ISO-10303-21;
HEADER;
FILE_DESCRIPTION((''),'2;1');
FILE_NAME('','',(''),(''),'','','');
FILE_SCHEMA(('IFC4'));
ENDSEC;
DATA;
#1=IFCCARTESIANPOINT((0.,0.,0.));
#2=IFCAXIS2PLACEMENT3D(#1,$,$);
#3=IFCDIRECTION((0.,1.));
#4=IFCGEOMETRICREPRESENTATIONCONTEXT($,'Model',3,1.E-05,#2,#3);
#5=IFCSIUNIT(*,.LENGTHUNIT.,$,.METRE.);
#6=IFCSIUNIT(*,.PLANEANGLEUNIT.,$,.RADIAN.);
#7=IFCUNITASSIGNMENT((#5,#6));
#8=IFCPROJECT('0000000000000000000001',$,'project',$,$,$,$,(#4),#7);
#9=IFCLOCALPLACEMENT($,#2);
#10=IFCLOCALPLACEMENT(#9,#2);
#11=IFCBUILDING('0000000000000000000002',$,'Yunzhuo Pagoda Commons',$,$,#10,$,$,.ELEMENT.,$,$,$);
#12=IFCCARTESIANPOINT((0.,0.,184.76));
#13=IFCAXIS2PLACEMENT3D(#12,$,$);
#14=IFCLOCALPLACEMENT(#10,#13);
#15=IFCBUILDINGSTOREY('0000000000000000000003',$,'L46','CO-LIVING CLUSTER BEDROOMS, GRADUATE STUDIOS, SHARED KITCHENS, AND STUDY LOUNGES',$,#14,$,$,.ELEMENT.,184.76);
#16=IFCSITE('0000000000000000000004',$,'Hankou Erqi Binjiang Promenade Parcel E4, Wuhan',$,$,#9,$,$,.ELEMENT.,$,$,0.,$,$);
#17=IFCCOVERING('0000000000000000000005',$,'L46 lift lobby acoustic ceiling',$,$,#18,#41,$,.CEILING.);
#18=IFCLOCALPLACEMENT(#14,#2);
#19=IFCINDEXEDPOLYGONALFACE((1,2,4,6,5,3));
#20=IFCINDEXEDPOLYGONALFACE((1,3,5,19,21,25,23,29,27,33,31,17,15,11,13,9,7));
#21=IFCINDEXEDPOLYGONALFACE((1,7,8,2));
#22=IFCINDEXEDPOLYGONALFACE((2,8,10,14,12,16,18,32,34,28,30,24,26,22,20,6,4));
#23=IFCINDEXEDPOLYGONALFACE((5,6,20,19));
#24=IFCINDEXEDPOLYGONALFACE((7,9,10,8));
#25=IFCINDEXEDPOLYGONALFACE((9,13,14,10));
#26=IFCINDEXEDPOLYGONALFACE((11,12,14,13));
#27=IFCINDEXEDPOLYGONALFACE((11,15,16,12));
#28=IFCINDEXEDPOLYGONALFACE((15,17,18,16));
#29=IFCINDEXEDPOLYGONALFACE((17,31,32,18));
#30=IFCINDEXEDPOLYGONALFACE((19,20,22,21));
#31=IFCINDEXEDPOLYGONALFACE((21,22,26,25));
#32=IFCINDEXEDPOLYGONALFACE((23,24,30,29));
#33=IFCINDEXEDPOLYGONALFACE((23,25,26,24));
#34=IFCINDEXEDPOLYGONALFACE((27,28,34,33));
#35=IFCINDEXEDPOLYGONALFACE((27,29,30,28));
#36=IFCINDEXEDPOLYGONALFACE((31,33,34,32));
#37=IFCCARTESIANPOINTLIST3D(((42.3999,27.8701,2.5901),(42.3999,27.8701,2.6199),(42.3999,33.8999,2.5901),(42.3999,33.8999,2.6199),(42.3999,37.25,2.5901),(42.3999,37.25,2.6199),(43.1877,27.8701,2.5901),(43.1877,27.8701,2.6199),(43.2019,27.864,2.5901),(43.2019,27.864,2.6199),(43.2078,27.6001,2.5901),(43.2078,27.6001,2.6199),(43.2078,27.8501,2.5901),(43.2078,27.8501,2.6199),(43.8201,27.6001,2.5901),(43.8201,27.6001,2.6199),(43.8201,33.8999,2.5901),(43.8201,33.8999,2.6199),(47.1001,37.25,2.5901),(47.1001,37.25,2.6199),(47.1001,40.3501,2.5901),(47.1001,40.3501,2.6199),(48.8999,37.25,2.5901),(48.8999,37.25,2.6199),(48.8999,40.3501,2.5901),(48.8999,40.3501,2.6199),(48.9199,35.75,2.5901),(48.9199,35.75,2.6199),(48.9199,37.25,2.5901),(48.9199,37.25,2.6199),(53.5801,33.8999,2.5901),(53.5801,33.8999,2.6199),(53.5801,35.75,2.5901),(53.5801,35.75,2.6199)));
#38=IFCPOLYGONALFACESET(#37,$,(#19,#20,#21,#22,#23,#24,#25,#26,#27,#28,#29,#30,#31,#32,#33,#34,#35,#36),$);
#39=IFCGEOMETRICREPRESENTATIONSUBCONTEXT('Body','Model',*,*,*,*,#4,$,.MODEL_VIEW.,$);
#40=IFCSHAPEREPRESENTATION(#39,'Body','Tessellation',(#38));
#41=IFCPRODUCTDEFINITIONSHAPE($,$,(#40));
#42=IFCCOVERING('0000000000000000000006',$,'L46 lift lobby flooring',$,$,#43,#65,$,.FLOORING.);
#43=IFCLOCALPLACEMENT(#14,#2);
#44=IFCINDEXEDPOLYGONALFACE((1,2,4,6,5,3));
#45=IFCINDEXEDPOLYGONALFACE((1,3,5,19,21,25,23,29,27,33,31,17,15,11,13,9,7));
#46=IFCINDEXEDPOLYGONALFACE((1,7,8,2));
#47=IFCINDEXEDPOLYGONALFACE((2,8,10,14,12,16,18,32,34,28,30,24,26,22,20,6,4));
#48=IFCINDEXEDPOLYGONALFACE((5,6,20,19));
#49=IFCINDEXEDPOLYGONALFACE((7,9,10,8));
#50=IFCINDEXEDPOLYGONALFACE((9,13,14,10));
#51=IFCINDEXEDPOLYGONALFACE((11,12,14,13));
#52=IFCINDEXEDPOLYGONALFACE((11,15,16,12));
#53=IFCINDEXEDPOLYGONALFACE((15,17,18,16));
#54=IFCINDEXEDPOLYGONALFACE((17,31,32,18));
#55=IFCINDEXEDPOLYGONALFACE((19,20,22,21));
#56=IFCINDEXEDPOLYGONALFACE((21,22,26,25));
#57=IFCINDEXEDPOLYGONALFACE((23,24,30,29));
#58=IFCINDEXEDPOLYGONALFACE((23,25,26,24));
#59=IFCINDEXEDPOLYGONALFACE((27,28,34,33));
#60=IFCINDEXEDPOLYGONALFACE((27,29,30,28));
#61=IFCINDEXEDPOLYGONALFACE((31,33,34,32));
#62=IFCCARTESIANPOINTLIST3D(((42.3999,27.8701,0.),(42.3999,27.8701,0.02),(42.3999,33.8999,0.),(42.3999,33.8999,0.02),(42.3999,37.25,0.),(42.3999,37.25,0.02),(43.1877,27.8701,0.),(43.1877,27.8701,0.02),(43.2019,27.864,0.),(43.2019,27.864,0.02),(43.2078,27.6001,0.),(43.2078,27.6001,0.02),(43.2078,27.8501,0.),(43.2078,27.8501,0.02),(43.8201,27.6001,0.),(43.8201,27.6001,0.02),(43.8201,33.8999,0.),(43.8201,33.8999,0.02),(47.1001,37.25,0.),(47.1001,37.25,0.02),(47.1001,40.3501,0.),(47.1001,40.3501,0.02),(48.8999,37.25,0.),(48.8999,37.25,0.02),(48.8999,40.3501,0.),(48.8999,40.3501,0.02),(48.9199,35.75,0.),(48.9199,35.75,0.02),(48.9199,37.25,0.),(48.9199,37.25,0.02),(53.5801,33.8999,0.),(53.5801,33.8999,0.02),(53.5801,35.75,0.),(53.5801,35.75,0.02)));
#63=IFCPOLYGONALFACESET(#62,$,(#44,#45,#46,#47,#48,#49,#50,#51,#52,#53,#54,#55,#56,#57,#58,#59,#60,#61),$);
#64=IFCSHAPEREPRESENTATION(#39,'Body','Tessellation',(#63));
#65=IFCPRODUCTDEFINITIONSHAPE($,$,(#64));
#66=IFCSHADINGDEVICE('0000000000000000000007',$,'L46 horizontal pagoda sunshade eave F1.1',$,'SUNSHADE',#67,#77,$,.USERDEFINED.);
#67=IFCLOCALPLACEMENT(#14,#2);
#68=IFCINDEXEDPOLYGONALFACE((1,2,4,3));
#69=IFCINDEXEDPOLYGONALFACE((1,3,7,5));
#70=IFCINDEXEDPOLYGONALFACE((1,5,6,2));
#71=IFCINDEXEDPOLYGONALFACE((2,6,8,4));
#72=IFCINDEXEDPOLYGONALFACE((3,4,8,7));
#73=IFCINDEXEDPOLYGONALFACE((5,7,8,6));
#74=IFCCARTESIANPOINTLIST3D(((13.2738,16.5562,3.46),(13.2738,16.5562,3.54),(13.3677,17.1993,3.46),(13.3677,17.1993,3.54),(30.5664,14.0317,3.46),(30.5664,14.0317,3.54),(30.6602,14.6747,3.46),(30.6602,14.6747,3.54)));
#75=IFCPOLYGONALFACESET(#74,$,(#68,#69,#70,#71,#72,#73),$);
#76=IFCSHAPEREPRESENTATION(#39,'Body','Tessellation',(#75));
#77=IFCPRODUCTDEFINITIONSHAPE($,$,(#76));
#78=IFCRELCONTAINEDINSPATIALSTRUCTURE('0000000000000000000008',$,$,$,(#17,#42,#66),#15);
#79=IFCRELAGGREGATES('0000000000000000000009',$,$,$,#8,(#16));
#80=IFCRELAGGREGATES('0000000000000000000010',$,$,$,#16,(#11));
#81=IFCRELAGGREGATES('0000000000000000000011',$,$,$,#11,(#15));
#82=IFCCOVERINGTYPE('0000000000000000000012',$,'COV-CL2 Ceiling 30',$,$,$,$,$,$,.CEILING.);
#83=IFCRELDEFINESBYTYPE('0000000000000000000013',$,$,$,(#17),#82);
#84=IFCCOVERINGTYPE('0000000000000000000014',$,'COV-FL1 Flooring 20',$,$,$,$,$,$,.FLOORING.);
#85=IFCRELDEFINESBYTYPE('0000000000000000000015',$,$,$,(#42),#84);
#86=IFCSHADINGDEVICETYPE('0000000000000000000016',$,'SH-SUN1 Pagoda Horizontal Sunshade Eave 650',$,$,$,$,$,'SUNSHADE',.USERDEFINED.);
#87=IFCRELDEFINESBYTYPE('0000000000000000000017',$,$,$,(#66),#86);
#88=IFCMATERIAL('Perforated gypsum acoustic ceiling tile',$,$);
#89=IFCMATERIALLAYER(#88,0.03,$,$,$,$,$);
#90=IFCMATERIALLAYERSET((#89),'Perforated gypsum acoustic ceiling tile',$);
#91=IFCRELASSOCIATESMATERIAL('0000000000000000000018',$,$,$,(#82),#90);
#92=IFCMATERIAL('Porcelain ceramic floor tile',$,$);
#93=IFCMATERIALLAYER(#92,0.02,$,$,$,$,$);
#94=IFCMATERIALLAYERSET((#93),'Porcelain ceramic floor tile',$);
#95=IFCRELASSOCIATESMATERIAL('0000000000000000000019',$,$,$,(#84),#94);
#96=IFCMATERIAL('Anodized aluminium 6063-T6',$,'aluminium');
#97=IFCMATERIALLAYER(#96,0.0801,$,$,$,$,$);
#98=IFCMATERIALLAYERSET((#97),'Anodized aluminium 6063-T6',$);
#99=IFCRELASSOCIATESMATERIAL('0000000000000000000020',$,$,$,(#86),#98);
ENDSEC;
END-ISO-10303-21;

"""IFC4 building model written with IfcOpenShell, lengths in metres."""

from ifc_helpers import new_model, si_unit, direction, frame, origin, origin_2d, place, context, subcontext, project, spatial, polyline, rectangle, outline, extrude, source, transform, mapped, material, layer, layer_set, type_object, element, save


model = new_model("IFC4")

# Units and contexts
model_context = context("Model", 3, precision=1e-05, world=origin(), true_north=direction((0.0, 1.0)))
body_context = subcontext(model_context, "Body", "Model", "MODEL_VIEW")
ifc_project = project(units=[si_unit("LENGTHUNIT", "METRE"), si_unit("PLANEANGLEUNIT", "RADIAN")], contexts=[model_context])

# Site, building, storey
site_placement = place(None, origin())
site = spatial("IfcSite", under=ifc_project, at=site_placement, Name="Hankou Erqi Binjiang Promenade Parcel E4, Wuhan", CompositionType="ELEMENT", RefElevation=0.0)
building_placement = place(site_placement, origin())
building = spatial("IfcBuilding", under=site, at=building_placement, Name="Yunzhuo Pagoda Commons", CompositionType="ELEMENT")
storey_placement = place(building_placement, frame((0.0, 0.0, 184.76)))
storey = spatial("IfcBuildingStorey", under=building, at=storey_placement, Name="L46", Description="CO-LIVING CLUSTER BEDROOMS, GRADUATE STUDIOS, SHARED KITCHENS, AND STUDY LOUNGES", CompositionType="ELEMENT", Elevation=184.76)

# Shared definitions
ifc_material_1 = material(Name="Anodized aluminium 6063-T6", Category="aluminium")

# Coverings
ifc_material_2 = material(Name="Perforated gypsum acoustic ceiling tile")
ifc_layer_1 = layer(ifc_material_2, 0.03)
ifc_layer_set_1 = layer_set([ifc_layer_1], Name="Perforated gypsum acoustic ceiling tile")
covering_type_1 = type_object("IfcCoveringType", Name="COV-CL2 Ceiling 30", PredefinedType="CEILING", material=ifc_layer_set_1)
covering_1_placement = place(storey_placement, frame((0.0, 0.0, 2.5901)))
element("IfcCovering", 1, at=covering_1_placement, inside=storey, type_object=covering_type_1, Name="L46 lift lobby acoustic ceiling", PredefinedType="CEILING", context=body_context, shape_type="SweptSolid", body=[
    extrude(outline(polyline([(42.3999, 37.25), (47.1001, 37.25), (47.1001, 40.3501), (48.8999, 40.3501), (48.8999, 37.25), (48.9199, 37.25), (48.9199, 35.75), (53.5801, 35.75), (53.5801, 33.8999), (43.8201, 33.8999), (43.8201, 27.6001), (43.2078, 27.6001), (43.2078, 27.8501), (43.2019, 27.864), (43.1877, 27.8701), (42.3999, 27.8701), (42.3999, 33.8999), (42.3999, 37.25)])), origin(), (0.0, 0.0, 1.0), 0.0298),
])
ifc_material_3 = material(Name="Porcelain ceramic floor tile")
ifc_layer_2 = layer(ifc_material_3, 0.02)
ifc_layer_set_2 = layer_set([ifc_layer_2], Name="Porcelain ceramic floor tile")
covering_type_2 = type_object("IfcCoveringType", Name="COV-FL1 Flooring 20", PredefinedType="FLOORING", material=ifc_layer_set_2)
covering_2_placement = place(storey_placement, origin())
element("IfcCovering", 2, at=covering_2_placement, inside=storey, type_object=covering_type_2, Name="L46 lift lobby flooring", PredefinedType="FLOORING", context=body_context, shape_type="SweptSolid", body=[
    extrude(outline(polyline([(42.3999, 37.25), (47.1001, 37.25), (47.1001, 40.3501), (48.8999, 40.3501), (48.8999, 37.25), (48.9199, 37.25), (48.9199, 35.75), (53.5801, 35.75), (53.5801, 33.8999), (43.8201, 33.8999), (43.8201, 27.6001), (43.2078, 27.6001), (43.2078, 27.8501), (43.2019, 27.864), (43.1877, 27.8701), (42.3999, 27.8701), (42.3999, 33.8999), (42.3999, 37.25)])), origin(), (0.0, 0.0, 1.0), 0.02),
])

# Shading device
ifc_layer_3 = layer(ifc_material_1, 0.0801)
ifc_layer_set_3 = layer_set([ifc_layer_3], Name="Anodized aluminium 6063-T6")
shading_device_type = type_object("IfcShadingDeviceType", Name="SH-SUN1 Pagoda Horizontal Sunshade Eave 650", ElementType="SUNSHADE", PredefinedType="USERDEFINED", material=ifc_layer_set_3)
shared_shape_1 = source(origin(), body_context, "Body", "SweptSolid", [
    extrude(rectangle(XDim=17.4758, YDim=0.6499, at=origin_2d()), origin(), (0.0, 0.0, 1.0), 0.0801),
])
shading_device_placement = place(storey_placement, frame((21.967, 15.6155, 3.46), z_axis=(0.0, 0.0, 1.0), x_axis=(0.989511, -0.14446, 0.0)))
element("IfcShadingDevice", 3, at=shading_device_placement, inside=storey, type_object=shading_device_type, Name="L46 horizontal pagoda sunshade eave F1.1", ObjectType="SUNSHADE", PredefinedType="USERDEFINED", context=body_context, shape_type="MappedRepresentation", body=[
    mapped(shared_shape_1, transform((0.0, 0.0, 0.0), scale=1.0)),
])

save(model, "model.ifc")
